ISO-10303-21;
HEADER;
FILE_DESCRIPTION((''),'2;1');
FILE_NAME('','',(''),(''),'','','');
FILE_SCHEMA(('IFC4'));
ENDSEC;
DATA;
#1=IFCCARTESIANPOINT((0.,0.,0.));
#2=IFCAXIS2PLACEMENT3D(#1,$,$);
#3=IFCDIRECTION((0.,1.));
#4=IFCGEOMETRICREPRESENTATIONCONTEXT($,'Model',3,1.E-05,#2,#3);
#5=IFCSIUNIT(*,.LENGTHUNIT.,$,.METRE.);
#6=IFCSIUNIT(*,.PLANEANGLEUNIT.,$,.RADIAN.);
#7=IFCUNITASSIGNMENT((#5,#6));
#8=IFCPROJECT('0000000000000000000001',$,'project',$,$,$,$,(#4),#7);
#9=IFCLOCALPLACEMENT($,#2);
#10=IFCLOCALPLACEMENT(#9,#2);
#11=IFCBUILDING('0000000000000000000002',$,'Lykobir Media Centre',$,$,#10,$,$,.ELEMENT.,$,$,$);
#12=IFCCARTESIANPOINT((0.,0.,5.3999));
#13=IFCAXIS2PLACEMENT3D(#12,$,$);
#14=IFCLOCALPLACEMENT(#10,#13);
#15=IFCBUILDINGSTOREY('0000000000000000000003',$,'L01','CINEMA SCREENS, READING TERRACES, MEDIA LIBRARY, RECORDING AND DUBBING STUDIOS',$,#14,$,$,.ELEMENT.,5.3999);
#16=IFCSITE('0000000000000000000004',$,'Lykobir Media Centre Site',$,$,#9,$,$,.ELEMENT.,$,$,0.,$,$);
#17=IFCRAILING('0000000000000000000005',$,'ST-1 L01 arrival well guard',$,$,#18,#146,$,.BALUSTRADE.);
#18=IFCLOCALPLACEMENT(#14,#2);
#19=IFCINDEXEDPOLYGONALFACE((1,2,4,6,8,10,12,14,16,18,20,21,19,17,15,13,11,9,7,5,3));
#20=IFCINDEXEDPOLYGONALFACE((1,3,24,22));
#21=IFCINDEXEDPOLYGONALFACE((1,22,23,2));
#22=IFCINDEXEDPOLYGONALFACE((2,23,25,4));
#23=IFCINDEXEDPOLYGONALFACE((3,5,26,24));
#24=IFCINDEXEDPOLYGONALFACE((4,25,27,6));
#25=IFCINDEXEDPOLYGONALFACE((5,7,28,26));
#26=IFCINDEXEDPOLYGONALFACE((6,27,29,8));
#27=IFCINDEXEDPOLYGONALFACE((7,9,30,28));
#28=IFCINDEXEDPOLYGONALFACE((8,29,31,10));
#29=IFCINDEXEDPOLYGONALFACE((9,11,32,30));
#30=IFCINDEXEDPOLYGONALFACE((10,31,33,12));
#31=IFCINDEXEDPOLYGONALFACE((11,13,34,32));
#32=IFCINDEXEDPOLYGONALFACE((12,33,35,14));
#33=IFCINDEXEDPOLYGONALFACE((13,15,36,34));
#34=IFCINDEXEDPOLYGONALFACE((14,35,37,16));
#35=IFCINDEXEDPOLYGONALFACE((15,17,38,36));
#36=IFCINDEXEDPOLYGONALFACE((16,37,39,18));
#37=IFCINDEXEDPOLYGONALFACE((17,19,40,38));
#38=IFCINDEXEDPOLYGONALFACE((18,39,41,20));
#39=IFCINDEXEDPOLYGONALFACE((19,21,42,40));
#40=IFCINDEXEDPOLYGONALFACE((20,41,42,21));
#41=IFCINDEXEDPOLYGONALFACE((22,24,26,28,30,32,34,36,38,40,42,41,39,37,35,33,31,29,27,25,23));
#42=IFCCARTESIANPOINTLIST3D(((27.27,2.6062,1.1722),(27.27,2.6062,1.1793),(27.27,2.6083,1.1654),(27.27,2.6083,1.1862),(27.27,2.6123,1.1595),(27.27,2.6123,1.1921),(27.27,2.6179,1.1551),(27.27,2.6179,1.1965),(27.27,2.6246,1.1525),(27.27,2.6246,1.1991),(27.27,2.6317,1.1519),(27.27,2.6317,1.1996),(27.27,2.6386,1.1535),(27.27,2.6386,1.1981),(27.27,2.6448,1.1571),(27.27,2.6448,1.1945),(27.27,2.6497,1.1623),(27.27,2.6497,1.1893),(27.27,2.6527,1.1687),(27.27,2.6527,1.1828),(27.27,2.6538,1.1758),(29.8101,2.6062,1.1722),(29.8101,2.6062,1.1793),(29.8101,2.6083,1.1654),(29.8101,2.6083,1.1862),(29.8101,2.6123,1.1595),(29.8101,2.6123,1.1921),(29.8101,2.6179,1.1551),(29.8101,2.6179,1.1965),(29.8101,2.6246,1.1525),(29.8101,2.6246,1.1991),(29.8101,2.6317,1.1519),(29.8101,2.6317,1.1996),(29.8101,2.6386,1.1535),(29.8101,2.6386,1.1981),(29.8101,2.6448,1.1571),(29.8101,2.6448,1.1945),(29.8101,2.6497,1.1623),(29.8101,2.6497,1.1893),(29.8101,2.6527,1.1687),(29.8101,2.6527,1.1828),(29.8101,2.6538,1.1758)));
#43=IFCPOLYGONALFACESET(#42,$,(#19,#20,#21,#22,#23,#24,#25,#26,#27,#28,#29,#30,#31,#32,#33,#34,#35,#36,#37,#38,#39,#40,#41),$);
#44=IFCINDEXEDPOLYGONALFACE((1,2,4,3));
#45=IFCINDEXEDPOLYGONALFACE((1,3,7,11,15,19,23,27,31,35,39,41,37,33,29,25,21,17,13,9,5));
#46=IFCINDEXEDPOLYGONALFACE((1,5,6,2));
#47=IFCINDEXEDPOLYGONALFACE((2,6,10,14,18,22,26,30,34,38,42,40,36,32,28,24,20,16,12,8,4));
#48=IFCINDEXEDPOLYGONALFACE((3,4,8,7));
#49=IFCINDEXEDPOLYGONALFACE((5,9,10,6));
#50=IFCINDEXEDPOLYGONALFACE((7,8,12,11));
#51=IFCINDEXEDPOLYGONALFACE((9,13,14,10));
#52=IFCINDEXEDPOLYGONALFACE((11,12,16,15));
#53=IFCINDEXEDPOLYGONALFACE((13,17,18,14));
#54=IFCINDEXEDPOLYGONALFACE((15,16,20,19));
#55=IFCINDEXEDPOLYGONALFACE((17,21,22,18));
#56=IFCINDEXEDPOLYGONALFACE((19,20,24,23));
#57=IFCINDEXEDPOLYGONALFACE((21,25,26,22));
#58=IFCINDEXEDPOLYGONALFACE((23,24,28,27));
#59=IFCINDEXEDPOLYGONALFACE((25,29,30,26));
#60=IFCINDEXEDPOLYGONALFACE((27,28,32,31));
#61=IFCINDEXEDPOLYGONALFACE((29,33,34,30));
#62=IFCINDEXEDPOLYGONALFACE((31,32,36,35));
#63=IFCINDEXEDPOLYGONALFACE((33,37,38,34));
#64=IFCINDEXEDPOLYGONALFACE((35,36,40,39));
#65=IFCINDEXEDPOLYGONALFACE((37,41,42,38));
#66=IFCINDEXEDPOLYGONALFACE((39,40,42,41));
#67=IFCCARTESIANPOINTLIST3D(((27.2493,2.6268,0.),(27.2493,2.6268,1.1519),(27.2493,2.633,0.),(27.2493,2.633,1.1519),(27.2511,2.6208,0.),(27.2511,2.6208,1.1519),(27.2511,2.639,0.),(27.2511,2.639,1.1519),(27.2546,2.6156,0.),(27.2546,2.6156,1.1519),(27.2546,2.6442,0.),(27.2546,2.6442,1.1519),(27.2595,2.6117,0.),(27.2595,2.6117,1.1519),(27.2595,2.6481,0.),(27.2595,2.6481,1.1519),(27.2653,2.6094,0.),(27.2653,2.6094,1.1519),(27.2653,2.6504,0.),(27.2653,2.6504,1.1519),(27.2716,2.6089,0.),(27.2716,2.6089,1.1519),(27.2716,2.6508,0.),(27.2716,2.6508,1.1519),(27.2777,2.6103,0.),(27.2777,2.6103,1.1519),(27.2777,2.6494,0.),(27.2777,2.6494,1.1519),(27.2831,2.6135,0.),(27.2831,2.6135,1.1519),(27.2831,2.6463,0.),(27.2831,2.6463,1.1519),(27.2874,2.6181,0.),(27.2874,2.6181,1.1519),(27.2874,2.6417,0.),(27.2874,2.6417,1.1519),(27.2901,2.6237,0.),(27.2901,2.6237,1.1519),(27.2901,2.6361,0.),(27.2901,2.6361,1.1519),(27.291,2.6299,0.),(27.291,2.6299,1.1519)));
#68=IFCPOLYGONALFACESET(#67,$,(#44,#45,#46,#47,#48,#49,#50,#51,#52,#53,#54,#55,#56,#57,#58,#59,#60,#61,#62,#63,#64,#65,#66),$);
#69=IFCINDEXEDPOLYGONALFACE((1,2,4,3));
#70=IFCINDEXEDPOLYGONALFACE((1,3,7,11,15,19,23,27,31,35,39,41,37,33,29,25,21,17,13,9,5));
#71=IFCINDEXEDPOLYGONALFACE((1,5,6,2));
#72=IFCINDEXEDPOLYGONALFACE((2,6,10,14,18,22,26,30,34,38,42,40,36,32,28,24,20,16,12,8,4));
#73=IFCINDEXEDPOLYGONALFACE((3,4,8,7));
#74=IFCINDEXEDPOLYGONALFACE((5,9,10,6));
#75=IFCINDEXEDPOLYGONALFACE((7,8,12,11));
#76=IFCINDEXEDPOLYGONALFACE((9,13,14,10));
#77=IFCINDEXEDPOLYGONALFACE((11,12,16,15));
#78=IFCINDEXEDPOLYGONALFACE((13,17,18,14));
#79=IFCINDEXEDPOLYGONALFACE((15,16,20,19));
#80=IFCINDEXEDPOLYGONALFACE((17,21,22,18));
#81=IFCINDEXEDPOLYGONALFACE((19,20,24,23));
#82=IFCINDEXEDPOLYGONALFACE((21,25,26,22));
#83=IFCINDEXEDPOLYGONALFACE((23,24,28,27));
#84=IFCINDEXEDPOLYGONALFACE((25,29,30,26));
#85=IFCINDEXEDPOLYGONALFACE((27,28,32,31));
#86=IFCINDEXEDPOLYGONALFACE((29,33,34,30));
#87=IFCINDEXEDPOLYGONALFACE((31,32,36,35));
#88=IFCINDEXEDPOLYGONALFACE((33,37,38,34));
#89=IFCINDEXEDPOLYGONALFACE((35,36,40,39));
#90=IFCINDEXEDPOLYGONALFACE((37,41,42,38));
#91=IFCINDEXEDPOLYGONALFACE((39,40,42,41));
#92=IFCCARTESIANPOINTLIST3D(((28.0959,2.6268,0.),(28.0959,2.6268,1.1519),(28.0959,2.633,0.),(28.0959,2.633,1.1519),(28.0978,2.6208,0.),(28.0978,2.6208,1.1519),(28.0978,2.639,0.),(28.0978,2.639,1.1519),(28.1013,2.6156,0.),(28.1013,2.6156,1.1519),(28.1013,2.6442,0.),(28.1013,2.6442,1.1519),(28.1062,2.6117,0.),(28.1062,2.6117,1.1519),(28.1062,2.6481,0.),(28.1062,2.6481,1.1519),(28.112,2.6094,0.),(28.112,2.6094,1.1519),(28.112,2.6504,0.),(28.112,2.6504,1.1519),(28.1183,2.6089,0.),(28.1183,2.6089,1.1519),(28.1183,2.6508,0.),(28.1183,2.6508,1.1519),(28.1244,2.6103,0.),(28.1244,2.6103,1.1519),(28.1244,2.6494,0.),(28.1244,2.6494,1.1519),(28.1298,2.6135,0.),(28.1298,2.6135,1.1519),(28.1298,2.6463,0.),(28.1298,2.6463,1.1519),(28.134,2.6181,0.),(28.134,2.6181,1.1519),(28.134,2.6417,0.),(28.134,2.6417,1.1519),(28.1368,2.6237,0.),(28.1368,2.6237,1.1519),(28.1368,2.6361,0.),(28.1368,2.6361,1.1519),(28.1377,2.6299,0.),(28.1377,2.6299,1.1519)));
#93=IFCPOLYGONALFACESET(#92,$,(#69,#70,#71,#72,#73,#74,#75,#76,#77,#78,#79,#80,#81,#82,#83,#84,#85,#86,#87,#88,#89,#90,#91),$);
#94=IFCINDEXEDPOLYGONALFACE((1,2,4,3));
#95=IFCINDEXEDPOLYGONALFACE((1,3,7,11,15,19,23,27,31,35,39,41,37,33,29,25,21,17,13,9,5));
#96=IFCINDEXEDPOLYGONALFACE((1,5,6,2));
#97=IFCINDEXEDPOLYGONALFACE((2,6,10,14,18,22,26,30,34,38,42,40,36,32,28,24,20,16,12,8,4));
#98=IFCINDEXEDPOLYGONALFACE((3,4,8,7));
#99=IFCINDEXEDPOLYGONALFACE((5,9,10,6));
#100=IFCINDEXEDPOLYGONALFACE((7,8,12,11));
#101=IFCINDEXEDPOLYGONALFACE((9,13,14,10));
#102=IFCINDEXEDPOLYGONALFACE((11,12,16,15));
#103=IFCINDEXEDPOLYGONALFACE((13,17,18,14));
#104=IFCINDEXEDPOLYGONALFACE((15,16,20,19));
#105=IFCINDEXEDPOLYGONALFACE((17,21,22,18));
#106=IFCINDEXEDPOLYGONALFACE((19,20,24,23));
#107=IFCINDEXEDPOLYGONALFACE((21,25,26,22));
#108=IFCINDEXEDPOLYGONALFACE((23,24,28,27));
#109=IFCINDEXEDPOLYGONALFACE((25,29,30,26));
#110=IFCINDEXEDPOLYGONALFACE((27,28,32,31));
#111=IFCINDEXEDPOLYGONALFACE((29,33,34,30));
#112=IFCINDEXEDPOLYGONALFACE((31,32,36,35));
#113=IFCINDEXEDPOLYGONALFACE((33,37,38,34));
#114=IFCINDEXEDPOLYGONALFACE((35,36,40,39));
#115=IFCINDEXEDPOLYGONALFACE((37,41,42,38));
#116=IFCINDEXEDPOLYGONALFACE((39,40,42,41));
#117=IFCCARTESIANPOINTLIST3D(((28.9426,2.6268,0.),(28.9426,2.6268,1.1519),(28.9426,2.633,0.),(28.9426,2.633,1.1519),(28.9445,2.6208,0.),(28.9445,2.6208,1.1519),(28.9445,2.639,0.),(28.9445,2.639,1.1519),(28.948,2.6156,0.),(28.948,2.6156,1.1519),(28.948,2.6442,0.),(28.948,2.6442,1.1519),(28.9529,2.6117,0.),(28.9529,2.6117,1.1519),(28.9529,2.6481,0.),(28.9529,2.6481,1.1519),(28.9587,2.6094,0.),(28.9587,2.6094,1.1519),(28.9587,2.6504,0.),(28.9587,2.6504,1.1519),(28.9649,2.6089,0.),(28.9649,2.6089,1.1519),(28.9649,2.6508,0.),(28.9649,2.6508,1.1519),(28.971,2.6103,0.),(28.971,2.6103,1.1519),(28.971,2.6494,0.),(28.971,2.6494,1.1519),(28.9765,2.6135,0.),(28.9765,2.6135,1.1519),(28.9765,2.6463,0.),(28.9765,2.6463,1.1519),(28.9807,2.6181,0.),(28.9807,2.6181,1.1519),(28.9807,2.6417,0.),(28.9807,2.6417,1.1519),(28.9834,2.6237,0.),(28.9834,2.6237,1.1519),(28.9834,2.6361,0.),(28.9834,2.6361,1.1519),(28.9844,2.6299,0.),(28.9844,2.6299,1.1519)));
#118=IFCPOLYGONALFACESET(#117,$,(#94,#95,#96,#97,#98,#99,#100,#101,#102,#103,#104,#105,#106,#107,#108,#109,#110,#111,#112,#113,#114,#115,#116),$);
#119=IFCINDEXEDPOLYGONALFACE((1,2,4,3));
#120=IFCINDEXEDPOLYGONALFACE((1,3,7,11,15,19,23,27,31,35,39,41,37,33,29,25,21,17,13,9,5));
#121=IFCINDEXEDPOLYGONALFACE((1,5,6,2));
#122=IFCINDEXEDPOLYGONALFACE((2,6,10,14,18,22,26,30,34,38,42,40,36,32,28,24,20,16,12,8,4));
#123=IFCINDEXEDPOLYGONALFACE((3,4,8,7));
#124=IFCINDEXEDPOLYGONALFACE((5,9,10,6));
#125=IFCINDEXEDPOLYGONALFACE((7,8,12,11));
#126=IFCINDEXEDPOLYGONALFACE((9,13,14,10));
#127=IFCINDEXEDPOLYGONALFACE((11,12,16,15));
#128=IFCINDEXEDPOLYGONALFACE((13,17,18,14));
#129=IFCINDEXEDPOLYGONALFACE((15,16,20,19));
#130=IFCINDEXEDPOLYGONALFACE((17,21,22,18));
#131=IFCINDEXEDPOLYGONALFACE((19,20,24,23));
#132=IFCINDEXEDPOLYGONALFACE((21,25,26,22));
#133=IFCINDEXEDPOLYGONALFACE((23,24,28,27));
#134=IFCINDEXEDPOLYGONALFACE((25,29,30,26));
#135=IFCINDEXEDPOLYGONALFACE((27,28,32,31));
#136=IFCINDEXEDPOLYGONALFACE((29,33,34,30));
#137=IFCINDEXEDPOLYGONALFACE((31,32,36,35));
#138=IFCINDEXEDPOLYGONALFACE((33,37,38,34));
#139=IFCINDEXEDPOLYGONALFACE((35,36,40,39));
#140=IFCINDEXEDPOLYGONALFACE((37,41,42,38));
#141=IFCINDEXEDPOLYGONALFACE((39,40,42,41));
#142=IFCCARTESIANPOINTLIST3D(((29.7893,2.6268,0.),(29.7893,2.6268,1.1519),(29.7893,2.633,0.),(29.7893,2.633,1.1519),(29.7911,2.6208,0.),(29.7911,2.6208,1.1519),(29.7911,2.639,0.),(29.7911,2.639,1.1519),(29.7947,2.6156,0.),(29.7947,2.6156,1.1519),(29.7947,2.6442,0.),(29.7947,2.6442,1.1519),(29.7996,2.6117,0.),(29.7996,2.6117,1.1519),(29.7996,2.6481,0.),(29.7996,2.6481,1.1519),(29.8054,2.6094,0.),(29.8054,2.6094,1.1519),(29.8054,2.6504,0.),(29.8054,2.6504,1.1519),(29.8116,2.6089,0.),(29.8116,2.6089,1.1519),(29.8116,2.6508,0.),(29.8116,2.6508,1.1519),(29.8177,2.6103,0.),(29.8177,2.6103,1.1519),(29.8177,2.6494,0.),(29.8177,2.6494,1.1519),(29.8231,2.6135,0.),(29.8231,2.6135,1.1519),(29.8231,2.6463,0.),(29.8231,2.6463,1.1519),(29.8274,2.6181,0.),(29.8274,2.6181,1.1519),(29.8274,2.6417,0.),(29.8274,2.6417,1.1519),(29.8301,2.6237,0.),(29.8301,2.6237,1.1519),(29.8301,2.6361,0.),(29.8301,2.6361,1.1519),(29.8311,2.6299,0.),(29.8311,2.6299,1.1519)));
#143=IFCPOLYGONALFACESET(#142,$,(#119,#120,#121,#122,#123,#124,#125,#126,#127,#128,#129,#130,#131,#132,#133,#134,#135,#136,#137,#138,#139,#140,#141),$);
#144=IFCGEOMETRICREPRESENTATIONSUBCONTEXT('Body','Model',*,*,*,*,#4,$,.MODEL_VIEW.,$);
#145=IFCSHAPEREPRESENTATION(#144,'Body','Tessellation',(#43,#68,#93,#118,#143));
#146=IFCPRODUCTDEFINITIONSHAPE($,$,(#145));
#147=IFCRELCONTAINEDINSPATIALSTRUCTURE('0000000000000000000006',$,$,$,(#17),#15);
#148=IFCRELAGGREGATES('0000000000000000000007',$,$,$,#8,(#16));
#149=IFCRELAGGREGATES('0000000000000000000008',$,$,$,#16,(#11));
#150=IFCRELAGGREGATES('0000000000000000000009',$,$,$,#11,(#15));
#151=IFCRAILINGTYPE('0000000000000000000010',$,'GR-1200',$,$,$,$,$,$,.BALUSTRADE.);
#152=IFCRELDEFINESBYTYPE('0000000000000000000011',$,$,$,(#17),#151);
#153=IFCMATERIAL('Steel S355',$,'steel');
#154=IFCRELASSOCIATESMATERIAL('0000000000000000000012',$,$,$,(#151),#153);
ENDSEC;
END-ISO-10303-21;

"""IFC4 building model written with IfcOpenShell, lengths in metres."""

from ifc_helpers import new_model, si_unit, direction, frame, origin, origin_2d, place, context, subcontext, project, spatial, circle, extrude, material, type_object, element, save


model = new_model("IFC4")

# Units and contexts
model_context = context("Model", 3, precision=1e-05, world=origin(), true_north=direction((0.0, 1.0)))
body_context = subcontext(model_context, "Body", "Model", "MODEL_VIEW")
ifc_project = project(units=[si_unit("LENGTHUNIT", "METRE"), si_unit("PLANEANGLEUNIT", "RADIAN")], contexts=[model_context])

# Site, building, storey
site_placement = place(None, origin())
site = spatial("IfcSite", under=ifc_project, at=site_placement, Name="Lykobir Media Centre Site", CompositionType="ELEMENT", RefElevation=0.0)
building_placement = place(site_placement, origin())
building = spatial("IfcBuilding", under=site, at=building_placement, Name="Lykobir Media Centre", CompositionType="ELEMENT")
storey_placement = place(building_placement, frame((0.0, 0.0, 5.3999)))
storey = spatial("IfcBuildingStorey", under=building, at=storey_placement, Name="L01", Description="CINEMA SCREENS, READING TERRACES, MEDIA LIBRARY, RECORDING AND DUBBING STUDIOS", CompositionType="ELEMENT", Elevation=5.3999)

# Shared definitions
ifc_material_1 = material(Name="Steel S355", Category="steel")

# Railing
railing_type_1 = type_object("IfcRailingType", Name="GR-1200", PredefinedType="BALUSTRADE", material=ifc_material_1)
railing_1_placement = place(storey_placement, frame((27.27, 2.6299, 0.0)))
element("IfcRailing", 1, at=railing_1_placement, inside=storey, type_object=railing_type_1, Name="ST-1 L01 arrival well guard", PredefinedType="BALUSTRADE", context=body_context, shape_type="SweptSolid", body=[
    extrude(circle(Radius=0.0239, at=origin_2d()), frame((0.0, 0.0, 1.1758), z_axis=(1.0, 0.0, 0.0), x_axis=(0.0, 1.0, 0.0)), (0.0, 0.0, 1.0), 2.54),
    extrude(circle(Radius=0.021, at=origin_2d()), origin(), (0.0, 0.0, 1.0), 1.1519),
    extrude(circle(Radius=0.021, at=origin_2d()), frame((0.8467, 0.0, 0.0)), (0.0, 0.0, 1.0), 1.1519),
    extrude(circle(Radius=0.021, at=origin_2d()), frame((1.6934, 0.0, 0.0)), (0.0, 0.0, 1.0), 1.1519),
    extrude(circle(Radius=0.021, at=origin_2d()), frame((2.54, 0.0, 0.0)), (0.0, 0.0, 1.0), 1.1519),
])

save(model, "model.ifc")
